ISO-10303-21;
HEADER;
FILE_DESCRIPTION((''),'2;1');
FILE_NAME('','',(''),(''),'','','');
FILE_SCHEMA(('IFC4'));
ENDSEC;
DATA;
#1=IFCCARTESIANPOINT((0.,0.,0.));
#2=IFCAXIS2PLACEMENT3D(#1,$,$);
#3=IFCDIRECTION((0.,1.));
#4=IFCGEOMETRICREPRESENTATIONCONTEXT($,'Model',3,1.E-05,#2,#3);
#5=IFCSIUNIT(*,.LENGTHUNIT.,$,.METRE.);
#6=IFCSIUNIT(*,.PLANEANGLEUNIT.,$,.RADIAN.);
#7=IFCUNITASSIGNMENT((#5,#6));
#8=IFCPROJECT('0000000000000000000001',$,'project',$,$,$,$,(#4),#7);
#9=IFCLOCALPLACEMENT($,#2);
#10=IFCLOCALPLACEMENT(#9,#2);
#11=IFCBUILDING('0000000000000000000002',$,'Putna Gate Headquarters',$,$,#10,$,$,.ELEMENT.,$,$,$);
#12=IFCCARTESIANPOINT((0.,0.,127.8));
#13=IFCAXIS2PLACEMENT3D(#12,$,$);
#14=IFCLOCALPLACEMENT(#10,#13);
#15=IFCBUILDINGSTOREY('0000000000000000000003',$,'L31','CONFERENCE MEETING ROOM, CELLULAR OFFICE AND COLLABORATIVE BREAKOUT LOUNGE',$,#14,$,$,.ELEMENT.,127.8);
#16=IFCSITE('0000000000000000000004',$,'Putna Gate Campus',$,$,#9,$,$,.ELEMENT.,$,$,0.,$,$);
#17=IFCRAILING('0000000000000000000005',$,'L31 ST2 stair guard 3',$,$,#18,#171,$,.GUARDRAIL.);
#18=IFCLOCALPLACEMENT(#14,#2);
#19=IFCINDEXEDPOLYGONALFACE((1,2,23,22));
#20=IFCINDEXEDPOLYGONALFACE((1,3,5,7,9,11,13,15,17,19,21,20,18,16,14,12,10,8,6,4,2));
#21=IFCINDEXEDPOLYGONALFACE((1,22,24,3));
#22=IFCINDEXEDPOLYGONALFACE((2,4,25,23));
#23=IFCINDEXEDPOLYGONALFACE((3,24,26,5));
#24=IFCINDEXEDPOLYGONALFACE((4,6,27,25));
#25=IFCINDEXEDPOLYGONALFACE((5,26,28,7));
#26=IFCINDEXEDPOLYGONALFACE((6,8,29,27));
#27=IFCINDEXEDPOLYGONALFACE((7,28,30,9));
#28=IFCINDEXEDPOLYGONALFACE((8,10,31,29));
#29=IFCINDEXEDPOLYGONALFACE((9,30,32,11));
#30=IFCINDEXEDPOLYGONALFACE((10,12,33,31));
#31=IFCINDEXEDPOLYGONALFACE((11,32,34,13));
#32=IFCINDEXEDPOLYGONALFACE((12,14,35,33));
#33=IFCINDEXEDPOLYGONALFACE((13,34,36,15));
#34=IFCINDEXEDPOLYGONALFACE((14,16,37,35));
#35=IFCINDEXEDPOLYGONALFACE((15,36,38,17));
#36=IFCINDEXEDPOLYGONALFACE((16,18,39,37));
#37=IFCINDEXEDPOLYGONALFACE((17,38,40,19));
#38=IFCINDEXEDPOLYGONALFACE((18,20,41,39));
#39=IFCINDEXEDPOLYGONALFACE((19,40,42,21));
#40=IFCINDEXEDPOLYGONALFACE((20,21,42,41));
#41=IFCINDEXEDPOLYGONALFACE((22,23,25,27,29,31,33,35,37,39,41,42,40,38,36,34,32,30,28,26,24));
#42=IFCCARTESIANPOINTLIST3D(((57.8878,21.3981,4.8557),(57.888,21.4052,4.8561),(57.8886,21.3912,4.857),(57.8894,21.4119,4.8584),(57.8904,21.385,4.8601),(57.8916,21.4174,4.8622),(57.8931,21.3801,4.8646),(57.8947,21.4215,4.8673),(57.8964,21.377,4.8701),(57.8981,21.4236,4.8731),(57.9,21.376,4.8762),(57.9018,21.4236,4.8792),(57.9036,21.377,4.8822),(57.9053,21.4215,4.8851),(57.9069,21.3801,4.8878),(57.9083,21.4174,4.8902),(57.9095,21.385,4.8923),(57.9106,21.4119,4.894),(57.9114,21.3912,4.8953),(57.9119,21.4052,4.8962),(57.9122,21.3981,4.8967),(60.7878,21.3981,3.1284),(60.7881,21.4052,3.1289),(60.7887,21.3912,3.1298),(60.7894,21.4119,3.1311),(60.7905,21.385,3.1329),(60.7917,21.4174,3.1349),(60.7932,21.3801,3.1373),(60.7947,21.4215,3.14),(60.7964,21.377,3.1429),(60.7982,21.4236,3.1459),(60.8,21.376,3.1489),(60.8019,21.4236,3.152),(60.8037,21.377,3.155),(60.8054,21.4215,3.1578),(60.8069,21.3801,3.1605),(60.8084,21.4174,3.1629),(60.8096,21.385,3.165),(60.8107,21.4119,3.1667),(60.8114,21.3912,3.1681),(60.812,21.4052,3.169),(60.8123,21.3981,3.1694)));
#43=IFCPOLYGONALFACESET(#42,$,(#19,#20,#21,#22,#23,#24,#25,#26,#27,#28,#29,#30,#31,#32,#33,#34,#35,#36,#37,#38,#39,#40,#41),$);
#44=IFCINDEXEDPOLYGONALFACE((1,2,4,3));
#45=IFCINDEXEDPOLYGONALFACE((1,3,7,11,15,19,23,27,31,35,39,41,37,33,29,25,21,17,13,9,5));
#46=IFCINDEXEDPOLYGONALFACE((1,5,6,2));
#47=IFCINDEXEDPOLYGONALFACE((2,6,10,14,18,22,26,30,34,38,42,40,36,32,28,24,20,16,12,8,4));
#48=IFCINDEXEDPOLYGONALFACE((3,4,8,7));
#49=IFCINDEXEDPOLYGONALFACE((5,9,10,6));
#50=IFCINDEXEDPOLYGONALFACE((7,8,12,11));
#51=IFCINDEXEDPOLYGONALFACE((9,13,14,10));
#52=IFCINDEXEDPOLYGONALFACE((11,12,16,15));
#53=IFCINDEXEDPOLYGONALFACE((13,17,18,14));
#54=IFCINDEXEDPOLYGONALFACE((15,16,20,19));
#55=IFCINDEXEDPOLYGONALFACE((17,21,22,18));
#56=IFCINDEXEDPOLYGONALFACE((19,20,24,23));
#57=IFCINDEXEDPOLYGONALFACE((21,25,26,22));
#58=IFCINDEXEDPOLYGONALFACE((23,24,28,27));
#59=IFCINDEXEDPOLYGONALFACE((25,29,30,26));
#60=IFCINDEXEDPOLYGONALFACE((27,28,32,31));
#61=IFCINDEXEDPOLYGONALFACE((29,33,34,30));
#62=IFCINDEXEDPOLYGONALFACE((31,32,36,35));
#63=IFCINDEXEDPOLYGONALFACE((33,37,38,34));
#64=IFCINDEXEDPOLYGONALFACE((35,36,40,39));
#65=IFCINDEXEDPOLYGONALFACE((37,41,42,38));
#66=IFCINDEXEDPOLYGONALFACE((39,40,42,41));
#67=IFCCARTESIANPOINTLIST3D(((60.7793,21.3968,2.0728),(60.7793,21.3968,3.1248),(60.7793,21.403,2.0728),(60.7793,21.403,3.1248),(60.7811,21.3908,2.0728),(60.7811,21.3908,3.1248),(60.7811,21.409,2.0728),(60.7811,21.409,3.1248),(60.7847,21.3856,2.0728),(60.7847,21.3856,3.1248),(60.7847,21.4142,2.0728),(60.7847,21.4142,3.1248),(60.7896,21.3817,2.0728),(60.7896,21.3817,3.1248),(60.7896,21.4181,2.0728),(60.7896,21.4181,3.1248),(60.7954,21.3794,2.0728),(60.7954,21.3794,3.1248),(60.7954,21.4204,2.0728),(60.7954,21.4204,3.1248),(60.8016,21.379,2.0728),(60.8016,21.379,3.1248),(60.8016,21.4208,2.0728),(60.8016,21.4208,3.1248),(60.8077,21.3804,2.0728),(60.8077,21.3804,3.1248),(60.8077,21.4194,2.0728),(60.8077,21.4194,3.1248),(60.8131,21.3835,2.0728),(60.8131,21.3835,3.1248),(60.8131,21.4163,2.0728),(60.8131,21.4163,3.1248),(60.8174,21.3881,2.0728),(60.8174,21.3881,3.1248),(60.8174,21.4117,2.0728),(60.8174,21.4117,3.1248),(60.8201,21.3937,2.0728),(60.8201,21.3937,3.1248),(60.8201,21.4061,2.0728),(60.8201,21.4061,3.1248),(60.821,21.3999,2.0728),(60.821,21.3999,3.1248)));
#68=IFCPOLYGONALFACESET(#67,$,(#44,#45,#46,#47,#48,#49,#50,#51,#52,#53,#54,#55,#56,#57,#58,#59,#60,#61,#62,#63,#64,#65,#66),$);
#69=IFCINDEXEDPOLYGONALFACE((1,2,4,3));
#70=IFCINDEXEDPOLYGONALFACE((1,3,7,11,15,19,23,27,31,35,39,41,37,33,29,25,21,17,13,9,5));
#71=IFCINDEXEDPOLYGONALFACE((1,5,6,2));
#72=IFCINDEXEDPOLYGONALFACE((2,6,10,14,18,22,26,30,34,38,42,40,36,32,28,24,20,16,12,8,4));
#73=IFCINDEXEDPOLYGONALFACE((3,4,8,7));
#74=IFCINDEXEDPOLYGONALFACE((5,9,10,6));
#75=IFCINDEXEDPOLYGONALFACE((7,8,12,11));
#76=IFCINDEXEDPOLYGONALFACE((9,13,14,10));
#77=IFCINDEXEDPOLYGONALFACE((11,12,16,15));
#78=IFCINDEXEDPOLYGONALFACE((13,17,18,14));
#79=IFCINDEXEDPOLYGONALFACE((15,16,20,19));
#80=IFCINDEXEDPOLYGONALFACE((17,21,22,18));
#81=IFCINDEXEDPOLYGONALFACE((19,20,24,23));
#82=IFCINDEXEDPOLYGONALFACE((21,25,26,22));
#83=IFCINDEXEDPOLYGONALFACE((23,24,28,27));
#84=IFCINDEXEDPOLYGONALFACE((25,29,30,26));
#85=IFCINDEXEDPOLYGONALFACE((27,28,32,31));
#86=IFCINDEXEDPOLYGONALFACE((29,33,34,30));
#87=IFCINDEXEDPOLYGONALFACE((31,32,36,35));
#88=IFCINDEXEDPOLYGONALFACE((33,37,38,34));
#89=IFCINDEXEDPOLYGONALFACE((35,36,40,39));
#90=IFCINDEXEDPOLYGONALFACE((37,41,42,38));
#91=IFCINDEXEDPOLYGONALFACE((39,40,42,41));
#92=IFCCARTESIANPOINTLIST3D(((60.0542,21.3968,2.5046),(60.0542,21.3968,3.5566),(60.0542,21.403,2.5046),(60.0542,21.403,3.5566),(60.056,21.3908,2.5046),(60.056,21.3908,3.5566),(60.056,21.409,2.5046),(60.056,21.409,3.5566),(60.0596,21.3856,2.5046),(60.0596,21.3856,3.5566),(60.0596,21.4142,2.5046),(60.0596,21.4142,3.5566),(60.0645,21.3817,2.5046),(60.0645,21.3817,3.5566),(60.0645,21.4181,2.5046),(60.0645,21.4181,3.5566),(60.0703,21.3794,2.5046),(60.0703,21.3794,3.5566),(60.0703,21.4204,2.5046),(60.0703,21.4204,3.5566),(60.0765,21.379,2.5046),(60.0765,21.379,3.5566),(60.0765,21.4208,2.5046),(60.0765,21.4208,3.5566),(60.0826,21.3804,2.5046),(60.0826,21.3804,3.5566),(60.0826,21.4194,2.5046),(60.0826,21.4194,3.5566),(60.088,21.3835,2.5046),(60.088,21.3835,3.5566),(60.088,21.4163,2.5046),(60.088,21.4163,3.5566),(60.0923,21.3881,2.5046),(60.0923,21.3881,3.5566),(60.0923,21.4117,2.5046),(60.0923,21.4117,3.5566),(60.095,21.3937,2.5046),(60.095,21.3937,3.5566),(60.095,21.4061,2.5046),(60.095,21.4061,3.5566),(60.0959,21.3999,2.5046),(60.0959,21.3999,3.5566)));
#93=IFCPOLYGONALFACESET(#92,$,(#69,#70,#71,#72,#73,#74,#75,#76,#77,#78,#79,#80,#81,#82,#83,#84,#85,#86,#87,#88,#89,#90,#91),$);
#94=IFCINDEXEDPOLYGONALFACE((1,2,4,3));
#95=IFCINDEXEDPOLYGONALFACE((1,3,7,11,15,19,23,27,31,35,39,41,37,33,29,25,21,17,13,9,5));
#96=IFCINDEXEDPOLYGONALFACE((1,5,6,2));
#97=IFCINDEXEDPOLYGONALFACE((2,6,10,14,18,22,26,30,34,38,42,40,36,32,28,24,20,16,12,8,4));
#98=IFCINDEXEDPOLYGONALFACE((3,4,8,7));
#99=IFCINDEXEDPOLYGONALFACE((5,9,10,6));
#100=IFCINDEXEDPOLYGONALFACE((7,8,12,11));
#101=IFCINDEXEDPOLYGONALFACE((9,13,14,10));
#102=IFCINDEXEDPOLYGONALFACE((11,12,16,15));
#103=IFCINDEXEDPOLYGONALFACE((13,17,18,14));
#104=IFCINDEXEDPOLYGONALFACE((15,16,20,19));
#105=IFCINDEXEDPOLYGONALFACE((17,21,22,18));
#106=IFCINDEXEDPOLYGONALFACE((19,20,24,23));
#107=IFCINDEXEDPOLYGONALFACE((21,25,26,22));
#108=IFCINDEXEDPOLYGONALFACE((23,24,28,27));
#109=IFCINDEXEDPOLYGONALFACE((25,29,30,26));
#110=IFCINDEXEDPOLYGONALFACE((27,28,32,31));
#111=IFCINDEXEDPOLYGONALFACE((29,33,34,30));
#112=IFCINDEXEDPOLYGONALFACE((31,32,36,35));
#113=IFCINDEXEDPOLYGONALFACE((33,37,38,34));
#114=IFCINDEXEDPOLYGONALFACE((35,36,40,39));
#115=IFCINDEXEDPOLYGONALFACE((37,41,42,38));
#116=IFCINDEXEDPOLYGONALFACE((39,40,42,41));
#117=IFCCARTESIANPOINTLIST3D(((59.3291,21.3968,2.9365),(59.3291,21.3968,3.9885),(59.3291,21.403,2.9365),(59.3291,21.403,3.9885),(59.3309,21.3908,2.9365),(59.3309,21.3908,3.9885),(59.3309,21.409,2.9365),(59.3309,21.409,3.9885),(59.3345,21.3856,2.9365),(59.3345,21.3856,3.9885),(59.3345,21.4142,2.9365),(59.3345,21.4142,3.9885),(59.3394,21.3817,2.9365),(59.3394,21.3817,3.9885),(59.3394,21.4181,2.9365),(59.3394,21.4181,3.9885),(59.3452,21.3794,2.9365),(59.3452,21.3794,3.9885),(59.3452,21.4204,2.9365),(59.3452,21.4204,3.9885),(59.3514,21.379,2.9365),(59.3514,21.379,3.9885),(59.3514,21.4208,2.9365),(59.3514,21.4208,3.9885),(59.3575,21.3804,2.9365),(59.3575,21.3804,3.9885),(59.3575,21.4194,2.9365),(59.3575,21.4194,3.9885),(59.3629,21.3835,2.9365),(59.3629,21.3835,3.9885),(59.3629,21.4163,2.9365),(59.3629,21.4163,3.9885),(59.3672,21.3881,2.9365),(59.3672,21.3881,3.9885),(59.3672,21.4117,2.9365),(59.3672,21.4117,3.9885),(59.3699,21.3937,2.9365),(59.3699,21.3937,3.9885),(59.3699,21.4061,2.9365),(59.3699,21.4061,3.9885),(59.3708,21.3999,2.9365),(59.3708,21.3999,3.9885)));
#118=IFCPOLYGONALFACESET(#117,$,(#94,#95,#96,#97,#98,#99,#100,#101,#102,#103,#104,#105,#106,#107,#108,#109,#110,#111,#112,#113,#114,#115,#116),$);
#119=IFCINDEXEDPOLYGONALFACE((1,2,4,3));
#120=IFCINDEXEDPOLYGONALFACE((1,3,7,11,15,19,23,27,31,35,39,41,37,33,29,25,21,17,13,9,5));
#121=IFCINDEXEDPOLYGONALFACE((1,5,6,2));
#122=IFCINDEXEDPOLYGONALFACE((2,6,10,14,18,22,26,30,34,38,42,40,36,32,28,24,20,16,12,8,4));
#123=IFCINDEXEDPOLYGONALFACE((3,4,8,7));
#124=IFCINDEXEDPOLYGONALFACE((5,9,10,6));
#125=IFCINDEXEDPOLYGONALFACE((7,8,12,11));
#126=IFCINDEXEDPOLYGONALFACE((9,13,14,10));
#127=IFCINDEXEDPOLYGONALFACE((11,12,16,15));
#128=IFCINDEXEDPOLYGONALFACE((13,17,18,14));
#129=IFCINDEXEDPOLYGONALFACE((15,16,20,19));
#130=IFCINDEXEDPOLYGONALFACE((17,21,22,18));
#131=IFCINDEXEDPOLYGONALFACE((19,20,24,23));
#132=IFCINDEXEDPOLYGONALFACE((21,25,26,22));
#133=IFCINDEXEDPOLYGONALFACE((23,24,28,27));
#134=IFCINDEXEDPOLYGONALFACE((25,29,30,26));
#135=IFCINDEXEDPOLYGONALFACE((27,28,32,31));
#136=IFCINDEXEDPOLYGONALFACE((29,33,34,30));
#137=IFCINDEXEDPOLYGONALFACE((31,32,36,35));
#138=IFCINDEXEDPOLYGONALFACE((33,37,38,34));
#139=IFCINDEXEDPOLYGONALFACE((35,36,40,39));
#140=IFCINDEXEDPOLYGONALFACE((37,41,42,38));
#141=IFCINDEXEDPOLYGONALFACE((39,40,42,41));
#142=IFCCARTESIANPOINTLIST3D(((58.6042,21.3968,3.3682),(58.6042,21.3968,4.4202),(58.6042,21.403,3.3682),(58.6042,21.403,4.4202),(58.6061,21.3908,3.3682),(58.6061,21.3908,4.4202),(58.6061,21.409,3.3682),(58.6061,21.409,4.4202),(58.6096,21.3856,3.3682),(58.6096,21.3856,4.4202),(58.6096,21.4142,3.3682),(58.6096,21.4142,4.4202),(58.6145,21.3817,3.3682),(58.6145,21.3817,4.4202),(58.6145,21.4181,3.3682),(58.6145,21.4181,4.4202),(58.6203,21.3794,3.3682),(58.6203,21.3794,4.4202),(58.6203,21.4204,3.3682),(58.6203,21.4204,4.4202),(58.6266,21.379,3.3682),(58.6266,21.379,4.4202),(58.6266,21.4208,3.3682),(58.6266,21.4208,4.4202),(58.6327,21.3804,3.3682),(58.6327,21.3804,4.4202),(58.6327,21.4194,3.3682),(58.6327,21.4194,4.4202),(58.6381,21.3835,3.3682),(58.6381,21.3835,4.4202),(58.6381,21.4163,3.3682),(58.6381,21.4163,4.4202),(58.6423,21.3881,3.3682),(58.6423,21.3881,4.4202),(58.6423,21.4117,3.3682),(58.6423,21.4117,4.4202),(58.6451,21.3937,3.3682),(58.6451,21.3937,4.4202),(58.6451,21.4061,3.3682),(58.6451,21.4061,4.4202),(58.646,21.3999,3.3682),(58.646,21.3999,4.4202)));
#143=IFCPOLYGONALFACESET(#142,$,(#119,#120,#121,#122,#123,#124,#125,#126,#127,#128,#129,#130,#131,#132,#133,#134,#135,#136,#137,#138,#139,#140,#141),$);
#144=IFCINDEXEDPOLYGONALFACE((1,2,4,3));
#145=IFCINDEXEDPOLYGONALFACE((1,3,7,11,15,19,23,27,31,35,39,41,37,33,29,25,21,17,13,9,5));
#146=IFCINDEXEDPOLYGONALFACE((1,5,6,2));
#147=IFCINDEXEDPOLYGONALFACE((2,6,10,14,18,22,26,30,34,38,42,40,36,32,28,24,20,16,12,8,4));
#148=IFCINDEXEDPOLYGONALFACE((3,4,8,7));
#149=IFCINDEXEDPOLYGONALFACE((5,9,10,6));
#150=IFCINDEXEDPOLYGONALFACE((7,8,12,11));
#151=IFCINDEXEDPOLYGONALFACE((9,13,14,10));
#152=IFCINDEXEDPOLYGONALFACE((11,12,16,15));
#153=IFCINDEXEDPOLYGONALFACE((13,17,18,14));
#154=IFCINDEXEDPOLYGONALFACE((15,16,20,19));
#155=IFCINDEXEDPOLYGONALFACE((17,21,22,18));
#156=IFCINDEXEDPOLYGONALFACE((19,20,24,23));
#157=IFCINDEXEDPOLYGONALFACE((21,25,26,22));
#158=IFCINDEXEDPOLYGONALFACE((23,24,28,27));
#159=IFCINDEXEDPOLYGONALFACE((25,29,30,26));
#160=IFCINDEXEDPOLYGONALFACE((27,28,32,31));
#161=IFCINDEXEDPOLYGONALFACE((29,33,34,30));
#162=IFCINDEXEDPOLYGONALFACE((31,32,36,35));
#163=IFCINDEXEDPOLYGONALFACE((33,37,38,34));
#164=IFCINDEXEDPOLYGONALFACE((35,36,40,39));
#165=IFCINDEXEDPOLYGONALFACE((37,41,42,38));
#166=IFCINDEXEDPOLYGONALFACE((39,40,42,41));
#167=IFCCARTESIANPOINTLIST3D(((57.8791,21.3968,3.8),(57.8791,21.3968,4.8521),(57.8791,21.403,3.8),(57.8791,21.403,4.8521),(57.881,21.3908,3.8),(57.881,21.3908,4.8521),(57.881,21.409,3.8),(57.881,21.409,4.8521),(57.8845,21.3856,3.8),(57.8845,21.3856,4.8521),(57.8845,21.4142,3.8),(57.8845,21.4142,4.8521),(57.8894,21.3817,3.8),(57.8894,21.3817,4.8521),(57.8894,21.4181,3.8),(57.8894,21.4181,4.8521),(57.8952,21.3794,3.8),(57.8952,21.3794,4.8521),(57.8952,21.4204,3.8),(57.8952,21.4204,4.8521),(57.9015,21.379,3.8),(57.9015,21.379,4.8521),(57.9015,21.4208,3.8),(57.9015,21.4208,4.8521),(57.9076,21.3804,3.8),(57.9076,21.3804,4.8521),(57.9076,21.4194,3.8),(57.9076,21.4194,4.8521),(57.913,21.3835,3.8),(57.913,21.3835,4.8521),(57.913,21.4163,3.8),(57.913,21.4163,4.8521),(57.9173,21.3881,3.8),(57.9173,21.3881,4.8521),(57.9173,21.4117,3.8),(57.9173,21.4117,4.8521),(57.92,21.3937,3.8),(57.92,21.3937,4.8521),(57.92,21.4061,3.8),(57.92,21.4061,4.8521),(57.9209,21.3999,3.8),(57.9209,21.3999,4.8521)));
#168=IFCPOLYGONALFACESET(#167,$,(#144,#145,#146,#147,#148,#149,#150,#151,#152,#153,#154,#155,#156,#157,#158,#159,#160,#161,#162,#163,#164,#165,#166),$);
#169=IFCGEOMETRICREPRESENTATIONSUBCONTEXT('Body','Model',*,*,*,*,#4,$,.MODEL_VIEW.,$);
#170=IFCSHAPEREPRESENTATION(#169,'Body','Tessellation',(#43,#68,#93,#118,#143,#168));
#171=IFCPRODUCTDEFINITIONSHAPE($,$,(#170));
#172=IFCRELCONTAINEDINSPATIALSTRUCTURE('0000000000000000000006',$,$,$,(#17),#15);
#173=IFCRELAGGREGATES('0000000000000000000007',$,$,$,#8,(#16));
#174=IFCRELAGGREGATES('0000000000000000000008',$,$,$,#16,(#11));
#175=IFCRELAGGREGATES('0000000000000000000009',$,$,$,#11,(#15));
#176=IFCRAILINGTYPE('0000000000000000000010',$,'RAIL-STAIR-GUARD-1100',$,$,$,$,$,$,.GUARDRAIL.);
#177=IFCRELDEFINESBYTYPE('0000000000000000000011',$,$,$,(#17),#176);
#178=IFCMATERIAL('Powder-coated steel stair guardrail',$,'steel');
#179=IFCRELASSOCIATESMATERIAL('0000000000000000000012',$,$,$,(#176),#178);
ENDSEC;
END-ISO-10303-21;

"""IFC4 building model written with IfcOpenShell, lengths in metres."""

from ifc_helpers import new_model, si_unit, direction, frame, origin, origin_2d, place, context, subcontext, project, spatial, circle, extrude, material, type_object, element, save


model = new_model("IFC4")

# Units and contexts
model_context = context("Model", 3, precision=1e-05, world=origin(), true_north=direction((0.0, 1.0)))
body_context = subcontext(model_context, "Body", "Model", "MODEL_VIEW")
ifc_project = project(units=[si_unit("LENGTHUNIT", "METRE"), si_unit("PLANEANGLEUNIT", "RADIAN")], contexts=[model_context])

# Site, building, storey
site_placement = place(None, origin())
site = spatial("IfcSite", under=ifc_project, at=site_placement, Name="Putna Gate Campus", CompositionType="ELEMENT", RefElevation=0.0)
building_placement = place(site_placement, origin())
building = spatial("IfcBuilding", under=site, at=building_placement, Name="Putna Gate Headquarters", CompositionType="ELEMENT")
storey_placement = place(building_placement, frame((0.0, 0.0, 127.8)))
storey = spatial("IfcBuildingStorey", under=building, at=storey_placement, Name="L31", Description="CONFERENCE MEETING ROOM, CELLULAR OFFICE AND COLLABORATIVE BREAKOUT LOUNGE", CompositionType="ELEMENT", Elevation=127.8)

# Railing
ifc_material_1 = material(Name="Powder-coated steel stair guardrail", Category="steel")
railing_type_1 = type_object("IfcRailingType", Name="RAIL-STAIR-GUARD-1100", PredefinedType="GUARDRAIL", material=ifc_material_1)
railing_1_placement = place(storey_placement, frame((60.8, 21.3999, 2.0728)))
element("IfcRailing", 1, at=railing_1_placement, inside=storey, type_object=railing_type_1, Name="L31 ST2 stair guard 3", PredefinedType="GUARDRAIL", context=body_context, shape_type="SweptSolid", body=[
    extrude(circle(Radius=0.0239, at=origin_2d()), frame((0.0, 0.0, 1.0762), z_axis=(-0.85916, 0.0, 0.511706), x_axis=(0.0, -1.0, 0.0)), (0.0, 0.0, 1.0), 3.3755),
    extrude(circle(Radius=0.021, at=origin_2d()), origin(), (0.0, 0.0, 1.0), 1.052),
    extrude(circle(Radius=0.021, at=origin_2d()), frame((-0.7251, 0.0, 0.4319)), (0.0, 0.0, 1.0), 1.052),
    extrude(circle(Radius=0.021, at=origin_2d()), frame((-1.4502, 0.0, 0.8638)), (0.0, 0.0, 1.0), 1.052),
    extrude(circle(Radius=0.021, at=origin_2d()), frame((-2.175, 0.0, 1.2954)), (0.0, 0.0, 1.0), 1.052),
    extrude(circle(Radius=0.021, at=origin_2d()), frame((-2.9001, 0.0, 1.7273)), (0.0, 0.0, 1.0), 1.052),
])

save(model, "model.ifc")
